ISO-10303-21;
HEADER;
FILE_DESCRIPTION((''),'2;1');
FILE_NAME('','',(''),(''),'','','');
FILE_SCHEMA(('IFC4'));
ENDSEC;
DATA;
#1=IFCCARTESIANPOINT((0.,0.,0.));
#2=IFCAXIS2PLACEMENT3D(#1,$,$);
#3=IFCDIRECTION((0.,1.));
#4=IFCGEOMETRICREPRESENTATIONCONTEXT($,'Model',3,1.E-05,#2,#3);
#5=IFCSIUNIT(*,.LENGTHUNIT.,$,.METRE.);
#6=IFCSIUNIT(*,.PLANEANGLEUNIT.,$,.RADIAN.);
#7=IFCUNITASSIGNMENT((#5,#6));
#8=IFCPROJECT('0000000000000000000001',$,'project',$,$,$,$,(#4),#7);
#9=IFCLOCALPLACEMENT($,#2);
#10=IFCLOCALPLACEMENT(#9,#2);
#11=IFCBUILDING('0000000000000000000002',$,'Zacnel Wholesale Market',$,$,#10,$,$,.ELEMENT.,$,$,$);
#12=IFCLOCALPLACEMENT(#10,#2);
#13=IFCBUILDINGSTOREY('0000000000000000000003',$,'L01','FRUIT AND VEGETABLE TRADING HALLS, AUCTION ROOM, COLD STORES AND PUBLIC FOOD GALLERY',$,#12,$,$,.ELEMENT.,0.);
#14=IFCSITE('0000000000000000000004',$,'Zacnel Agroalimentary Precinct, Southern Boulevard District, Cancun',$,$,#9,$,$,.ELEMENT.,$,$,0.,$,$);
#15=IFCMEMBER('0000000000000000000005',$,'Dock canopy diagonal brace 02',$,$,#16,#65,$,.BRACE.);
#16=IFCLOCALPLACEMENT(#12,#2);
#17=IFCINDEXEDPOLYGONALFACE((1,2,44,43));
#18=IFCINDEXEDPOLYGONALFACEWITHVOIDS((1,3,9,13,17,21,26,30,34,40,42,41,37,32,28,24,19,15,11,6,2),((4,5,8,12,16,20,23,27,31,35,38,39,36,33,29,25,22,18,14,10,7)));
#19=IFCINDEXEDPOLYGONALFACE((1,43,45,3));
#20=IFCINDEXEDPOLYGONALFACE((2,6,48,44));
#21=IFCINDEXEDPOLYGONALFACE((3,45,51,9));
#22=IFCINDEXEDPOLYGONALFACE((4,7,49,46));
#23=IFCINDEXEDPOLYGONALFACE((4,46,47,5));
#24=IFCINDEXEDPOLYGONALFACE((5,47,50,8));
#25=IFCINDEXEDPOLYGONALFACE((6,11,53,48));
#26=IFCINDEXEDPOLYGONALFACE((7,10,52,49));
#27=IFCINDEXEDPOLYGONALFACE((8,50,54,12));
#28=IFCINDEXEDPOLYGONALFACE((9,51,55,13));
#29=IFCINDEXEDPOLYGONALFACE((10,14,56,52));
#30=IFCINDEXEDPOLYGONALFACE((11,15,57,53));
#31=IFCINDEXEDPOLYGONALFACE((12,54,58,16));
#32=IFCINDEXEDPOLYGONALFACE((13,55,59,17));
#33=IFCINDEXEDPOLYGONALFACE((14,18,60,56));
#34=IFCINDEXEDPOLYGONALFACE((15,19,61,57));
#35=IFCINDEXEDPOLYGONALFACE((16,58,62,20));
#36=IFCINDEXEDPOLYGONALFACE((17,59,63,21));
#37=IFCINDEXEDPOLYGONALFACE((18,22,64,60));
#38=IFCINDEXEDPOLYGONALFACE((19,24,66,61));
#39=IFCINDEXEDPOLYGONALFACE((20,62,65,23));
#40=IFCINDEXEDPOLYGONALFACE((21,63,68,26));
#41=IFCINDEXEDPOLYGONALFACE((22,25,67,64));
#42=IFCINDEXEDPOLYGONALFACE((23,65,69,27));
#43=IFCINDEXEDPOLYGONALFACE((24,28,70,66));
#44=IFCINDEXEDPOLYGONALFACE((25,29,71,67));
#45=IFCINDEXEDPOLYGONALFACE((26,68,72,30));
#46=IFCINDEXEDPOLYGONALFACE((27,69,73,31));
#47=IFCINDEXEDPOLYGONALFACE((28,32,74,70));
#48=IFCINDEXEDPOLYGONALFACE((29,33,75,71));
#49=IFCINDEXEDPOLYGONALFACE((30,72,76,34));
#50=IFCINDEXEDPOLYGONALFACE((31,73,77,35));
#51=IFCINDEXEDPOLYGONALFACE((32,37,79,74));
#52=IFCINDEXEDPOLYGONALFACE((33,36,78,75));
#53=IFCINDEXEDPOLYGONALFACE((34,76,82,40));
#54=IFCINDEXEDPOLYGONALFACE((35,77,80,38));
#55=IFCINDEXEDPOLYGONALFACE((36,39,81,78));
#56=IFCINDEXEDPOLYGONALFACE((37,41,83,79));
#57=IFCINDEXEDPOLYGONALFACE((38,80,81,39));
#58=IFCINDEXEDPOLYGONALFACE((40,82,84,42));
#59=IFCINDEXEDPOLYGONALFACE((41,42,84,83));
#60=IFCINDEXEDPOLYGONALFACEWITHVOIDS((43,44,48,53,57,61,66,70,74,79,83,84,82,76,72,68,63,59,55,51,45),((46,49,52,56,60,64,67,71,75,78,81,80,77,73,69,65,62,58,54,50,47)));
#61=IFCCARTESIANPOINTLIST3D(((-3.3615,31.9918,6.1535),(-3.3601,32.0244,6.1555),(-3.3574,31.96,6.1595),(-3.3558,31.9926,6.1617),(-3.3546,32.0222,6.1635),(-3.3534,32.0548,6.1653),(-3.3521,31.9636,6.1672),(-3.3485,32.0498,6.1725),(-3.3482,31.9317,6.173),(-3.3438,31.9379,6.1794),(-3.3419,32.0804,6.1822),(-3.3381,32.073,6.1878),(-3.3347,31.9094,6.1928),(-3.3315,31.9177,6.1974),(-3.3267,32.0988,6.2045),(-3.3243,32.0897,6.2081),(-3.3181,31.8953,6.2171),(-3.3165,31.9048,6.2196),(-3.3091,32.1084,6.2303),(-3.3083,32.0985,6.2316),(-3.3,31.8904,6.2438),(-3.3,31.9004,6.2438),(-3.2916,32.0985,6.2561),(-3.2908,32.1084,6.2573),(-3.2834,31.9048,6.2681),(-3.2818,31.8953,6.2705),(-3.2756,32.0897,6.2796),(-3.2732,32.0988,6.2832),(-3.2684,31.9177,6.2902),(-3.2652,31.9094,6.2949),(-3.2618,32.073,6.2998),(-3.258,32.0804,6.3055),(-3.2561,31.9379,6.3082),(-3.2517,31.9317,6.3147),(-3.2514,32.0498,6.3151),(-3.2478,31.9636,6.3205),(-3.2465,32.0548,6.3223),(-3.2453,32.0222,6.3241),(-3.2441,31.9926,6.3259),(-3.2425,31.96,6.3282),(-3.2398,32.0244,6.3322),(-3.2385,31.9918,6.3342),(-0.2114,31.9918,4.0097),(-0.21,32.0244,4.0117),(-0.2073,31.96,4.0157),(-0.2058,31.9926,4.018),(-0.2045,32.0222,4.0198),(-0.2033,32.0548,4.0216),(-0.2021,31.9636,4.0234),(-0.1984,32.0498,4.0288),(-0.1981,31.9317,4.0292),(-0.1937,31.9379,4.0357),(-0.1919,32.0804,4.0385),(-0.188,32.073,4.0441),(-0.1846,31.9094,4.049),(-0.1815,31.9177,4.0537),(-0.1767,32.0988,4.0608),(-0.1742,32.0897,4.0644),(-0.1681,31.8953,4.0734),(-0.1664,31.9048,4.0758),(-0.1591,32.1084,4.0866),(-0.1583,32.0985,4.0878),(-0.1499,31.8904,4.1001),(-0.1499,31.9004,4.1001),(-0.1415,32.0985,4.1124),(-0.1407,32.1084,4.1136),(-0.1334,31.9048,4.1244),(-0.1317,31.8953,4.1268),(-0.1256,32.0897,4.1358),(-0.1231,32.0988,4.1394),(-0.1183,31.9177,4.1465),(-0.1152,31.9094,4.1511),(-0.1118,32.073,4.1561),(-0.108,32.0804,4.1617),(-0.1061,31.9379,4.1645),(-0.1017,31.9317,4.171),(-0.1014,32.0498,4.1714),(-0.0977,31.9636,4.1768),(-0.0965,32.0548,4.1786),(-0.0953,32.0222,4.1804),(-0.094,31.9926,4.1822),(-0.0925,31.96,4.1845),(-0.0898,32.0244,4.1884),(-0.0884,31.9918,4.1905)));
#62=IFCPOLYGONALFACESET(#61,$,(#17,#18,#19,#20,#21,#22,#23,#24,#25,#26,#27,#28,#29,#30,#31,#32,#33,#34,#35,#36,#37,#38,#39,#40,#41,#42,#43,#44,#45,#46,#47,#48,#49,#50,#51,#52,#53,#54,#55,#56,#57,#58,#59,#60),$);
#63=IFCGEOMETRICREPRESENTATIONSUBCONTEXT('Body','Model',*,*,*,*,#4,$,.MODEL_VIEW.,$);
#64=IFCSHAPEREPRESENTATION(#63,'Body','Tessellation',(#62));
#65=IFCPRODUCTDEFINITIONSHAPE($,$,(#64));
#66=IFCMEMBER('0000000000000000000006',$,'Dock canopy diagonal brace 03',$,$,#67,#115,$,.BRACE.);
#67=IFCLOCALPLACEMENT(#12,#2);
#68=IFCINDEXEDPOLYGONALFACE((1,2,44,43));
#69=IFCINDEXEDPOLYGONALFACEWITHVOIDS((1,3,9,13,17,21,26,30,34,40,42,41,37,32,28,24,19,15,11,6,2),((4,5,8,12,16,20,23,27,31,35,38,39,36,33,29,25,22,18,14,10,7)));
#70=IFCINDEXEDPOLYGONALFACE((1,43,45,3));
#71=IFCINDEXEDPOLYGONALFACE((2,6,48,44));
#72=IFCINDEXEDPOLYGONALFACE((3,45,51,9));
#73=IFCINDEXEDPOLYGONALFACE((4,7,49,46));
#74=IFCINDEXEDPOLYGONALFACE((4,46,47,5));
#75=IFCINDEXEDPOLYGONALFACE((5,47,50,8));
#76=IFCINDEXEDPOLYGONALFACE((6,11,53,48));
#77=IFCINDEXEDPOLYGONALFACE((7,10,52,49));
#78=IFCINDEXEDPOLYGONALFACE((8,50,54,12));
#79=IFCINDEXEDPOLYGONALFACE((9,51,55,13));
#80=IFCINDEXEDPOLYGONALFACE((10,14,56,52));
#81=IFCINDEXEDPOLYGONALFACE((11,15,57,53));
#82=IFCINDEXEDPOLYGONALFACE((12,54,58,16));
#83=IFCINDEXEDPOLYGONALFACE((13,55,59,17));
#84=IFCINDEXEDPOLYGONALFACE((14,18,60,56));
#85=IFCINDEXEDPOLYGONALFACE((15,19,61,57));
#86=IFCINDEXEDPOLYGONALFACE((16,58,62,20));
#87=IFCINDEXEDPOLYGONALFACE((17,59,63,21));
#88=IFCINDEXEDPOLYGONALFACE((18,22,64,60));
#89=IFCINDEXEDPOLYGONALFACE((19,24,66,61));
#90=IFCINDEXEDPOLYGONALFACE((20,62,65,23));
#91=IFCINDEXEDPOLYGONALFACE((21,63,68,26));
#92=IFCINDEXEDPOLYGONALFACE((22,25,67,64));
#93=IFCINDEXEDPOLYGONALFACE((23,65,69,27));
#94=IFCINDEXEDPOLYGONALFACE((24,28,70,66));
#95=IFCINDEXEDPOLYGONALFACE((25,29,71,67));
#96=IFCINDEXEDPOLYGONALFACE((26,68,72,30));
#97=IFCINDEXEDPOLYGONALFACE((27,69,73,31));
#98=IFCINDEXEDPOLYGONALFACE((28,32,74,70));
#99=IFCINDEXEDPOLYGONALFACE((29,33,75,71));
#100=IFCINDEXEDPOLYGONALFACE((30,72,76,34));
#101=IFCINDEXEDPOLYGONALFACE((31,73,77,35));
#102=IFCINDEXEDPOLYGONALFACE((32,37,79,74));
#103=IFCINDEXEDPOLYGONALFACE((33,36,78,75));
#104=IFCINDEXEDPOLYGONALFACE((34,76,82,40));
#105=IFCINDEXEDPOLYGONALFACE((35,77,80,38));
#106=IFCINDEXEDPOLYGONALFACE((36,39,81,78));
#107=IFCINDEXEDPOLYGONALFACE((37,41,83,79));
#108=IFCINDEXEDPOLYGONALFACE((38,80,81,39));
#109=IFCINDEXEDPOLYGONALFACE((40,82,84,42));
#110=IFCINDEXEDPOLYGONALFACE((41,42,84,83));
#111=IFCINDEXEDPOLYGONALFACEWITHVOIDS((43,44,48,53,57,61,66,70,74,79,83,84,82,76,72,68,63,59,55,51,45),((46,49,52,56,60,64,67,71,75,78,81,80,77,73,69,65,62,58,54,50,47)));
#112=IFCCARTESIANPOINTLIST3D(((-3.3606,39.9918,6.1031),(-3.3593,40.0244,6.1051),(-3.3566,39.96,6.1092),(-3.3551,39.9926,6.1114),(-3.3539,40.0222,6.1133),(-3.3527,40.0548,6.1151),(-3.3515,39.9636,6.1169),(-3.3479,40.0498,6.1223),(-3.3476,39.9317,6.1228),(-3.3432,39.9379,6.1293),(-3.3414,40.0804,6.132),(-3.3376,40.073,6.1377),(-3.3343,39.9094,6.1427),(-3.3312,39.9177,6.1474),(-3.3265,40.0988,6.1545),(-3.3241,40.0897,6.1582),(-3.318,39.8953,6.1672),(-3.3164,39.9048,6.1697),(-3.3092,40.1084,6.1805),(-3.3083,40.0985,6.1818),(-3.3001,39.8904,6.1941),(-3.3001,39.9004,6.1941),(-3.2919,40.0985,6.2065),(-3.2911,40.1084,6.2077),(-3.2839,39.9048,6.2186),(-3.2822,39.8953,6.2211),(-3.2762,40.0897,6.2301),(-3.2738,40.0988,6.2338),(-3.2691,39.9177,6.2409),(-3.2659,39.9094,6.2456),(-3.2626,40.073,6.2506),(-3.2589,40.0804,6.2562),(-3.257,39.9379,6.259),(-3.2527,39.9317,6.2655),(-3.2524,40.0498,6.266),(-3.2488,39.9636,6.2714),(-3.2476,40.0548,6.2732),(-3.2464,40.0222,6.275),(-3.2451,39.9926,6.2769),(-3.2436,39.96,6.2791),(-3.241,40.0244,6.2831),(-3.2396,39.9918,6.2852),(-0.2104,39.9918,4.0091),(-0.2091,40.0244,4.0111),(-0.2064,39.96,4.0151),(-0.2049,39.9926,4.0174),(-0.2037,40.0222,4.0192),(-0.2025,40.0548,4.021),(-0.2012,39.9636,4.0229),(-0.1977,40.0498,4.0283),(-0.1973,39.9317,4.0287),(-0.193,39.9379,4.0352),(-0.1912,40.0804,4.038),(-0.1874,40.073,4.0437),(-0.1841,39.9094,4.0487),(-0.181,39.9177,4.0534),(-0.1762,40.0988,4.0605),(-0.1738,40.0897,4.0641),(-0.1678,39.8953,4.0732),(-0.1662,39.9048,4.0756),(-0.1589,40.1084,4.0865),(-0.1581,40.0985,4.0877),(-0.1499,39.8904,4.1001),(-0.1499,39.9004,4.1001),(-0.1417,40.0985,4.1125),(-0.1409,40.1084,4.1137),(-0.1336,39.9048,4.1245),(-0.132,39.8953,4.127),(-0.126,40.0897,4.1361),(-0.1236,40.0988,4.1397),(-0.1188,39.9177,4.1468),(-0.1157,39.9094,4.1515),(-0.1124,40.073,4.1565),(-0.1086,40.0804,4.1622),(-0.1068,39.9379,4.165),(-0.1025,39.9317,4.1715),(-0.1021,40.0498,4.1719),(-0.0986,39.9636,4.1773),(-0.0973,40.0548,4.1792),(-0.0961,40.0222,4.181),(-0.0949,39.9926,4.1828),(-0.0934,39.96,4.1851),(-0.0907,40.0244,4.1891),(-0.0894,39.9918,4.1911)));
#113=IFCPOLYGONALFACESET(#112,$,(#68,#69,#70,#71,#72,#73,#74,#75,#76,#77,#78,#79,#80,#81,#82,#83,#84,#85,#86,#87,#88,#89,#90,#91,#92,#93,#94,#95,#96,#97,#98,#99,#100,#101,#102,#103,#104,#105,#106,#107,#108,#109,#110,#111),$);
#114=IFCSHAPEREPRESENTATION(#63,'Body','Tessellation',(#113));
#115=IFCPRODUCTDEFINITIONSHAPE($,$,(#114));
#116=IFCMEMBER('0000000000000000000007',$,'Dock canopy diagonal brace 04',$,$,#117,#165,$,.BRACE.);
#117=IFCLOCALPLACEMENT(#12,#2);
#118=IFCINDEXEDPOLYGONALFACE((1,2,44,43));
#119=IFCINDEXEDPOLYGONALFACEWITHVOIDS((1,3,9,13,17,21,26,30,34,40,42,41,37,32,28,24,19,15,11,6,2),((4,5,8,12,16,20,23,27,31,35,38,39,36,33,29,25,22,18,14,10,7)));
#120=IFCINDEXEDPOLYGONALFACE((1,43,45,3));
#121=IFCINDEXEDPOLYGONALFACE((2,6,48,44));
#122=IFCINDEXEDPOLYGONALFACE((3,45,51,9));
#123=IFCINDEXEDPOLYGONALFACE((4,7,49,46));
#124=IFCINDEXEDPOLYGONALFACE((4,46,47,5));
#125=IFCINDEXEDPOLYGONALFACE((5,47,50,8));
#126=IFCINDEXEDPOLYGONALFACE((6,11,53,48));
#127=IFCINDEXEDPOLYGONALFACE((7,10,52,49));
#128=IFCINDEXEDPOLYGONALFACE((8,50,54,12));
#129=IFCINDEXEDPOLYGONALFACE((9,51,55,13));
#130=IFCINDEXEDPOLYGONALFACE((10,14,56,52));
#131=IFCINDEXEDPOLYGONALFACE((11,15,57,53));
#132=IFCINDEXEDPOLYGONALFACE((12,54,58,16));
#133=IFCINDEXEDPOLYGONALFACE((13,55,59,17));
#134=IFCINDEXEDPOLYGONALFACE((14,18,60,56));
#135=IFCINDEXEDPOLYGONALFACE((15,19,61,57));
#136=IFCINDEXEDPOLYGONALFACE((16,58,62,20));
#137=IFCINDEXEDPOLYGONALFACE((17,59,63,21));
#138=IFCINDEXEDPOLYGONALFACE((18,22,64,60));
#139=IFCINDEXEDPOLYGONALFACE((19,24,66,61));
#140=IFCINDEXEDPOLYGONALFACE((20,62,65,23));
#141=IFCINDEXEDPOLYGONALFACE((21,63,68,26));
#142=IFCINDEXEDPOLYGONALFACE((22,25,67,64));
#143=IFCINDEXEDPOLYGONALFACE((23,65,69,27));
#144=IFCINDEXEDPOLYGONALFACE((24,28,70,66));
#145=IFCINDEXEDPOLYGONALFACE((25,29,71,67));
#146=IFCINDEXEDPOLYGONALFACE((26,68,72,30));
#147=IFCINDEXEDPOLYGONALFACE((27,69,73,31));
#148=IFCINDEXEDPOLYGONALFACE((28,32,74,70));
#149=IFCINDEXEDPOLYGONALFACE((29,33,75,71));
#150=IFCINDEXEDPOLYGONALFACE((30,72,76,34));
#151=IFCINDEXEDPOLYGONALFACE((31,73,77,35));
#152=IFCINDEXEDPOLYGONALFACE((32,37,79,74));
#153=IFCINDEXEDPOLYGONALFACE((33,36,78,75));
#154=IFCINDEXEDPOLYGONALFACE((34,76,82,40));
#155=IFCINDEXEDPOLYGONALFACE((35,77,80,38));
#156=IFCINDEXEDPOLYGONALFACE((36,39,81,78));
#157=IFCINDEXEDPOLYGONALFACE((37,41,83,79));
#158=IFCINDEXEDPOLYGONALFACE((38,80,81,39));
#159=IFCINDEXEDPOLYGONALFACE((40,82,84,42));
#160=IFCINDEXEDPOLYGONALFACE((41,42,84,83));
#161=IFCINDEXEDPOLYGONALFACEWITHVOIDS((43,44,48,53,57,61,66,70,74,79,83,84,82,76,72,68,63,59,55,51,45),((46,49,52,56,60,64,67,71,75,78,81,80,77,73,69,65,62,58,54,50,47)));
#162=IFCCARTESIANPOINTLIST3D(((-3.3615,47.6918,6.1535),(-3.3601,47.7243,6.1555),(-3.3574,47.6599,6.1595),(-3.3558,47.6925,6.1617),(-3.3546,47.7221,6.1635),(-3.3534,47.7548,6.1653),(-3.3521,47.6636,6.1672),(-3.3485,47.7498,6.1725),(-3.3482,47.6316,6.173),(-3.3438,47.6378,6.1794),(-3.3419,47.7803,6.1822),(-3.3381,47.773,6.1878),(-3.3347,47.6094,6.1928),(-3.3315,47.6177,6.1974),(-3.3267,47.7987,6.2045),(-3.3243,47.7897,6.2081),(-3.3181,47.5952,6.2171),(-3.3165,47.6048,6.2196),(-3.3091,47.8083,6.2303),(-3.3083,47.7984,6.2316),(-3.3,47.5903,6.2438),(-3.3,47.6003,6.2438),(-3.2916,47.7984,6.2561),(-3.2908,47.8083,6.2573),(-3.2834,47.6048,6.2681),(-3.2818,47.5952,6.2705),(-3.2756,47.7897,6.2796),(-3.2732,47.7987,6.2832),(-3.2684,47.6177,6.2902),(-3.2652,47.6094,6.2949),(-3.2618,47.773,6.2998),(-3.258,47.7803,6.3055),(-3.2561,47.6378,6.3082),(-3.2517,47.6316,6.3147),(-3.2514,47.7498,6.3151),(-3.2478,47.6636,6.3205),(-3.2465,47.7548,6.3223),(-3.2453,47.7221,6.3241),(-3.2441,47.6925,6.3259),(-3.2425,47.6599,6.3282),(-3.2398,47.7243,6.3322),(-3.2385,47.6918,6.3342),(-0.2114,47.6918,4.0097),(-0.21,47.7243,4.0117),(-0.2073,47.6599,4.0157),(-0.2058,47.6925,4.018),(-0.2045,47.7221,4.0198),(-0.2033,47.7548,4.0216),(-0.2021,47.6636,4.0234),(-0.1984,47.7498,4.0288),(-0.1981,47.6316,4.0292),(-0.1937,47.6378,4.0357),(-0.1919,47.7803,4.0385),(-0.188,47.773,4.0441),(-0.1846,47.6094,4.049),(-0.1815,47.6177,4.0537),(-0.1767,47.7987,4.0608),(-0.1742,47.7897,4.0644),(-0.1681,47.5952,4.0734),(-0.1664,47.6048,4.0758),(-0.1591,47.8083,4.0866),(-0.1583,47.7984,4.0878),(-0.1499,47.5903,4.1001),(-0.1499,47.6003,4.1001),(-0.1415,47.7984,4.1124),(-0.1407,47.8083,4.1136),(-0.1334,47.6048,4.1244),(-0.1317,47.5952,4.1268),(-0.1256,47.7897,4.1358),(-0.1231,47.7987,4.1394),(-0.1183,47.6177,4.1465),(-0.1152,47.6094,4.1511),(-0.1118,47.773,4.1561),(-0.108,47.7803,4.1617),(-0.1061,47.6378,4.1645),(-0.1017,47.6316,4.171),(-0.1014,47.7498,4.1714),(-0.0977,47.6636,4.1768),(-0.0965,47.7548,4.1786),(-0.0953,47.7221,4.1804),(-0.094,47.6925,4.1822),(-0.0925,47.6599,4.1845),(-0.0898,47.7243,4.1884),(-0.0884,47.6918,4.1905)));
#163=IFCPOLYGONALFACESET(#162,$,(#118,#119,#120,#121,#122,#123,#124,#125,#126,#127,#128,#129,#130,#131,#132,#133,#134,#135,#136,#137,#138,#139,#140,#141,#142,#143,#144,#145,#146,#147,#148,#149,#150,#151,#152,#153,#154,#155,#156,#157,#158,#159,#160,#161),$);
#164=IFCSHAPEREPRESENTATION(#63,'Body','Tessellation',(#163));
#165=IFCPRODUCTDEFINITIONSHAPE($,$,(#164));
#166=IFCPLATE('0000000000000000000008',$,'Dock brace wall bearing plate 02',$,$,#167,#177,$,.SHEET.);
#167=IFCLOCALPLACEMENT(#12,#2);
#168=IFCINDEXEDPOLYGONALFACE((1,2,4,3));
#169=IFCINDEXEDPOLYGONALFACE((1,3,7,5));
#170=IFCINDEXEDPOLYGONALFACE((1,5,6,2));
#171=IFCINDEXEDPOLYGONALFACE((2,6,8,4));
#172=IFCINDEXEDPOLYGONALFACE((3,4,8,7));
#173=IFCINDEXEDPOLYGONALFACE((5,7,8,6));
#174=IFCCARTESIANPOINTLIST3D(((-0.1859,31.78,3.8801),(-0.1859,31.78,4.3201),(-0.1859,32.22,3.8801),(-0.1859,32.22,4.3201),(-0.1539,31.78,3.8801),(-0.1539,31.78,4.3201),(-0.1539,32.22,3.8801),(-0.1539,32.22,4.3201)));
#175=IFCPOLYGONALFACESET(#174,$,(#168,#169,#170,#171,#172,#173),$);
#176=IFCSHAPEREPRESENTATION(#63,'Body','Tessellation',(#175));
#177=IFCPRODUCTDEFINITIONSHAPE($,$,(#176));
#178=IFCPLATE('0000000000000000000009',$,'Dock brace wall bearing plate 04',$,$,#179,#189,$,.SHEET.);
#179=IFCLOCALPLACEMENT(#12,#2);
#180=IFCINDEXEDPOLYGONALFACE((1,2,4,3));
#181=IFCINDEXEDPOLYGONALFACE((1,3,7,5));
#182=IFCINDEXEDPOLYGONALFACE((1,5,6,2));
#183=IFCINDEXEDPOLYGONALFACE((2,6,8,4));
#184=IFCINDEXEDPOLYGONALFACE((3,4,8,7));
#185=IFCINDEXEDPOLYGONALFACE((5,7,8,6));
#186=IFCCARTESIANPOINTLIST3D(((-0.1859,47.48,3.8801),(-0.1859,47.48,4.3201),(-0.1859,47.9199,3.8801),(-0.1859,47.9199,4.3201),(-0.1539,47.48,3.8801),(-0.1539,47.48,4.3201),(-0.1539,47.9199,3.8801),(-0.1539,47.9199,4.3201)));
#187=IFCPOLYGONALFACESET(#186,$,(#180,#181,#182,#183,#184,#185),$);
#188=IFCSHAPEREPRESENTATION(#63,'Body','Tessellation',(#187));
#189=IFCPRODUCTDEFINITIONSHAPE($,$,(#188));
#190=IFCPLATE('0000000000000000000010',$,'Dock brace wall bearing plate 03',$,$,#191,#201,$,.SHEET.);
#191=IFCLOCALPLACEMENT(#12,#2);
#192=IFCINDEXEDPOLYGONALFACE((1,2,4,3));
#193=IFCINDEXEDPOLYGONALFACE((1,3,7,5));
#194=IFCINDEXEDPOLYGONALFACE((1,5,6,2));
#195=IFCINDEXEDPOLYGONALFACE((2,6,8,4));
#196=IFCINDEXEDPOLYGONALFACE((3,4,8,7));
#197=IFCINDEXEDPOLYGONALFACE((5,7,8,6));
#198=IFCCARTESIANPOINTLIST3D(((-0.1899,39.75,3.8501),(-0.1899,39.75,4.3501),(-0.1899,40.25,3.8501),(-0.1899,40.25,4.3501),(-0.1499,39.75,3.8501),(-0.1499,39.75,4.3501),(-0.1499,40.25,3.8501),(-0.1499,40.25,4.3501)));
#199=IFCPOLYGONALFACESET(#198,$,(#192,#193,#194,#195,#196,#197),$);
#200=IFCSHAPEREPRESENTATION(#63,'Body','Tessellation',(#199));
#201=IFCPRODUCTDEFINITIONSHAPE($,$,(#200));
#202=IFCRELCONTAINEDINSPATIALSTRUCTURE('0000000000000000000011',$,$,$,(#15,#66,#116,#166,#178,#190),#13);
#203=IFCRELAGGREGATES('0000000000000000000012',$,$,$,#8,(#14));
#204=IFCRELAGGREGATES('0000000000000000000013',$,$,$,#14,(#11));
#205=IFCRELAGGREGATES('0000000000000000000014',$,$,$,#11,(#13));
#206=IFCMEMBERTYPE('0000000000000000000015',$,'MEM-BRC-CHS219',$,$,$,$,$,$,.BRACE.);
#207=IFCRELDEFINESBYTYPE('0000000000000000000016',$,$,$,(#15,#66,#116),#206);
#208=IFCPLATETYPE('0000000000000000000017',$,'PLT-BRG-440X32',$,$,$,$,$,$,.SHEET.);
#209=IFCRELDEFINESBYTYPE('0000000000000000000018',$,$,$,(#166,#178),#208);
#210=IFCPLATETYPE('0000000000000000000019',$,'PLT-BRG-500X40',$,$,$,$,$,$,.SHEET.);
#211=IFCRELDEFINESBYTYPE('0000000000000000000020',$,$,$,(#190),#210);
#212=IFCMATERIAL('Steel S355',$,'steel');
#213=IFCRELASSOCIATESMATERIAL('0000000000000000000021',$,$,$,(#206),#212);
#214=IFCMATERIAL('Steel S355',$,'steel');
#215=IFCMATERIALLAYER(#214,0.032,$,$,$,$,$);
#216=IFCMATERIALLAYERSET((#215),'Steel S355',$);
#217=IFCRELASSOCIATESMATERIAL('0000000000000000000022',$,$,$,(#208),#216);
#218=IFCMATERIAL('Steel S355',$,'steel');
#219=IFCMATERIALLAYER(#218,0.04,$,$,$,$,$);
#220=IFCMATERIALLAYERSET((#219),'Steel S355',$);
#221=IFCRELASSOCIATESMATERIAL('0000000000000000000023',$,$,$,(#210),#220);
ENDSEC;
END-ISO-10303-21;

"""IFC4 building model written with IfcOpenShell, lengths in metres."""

from ifc_helpers import new_model, si_unit, direction, frame, origin, origin_2d, place, context, subcontext, project, spatial, rectangle, hollow_circle, extrude, material, layer, layer_set, material_profile, profile_set, type_object, element, save


model = new_model("IFC4")

# Units and contexts
model_context = context("Model", 3, precision=1e-05, world=origin(), true_north=direction((0.0, 1.0)))
body_context = subcontext(model_context, "Body", "Model", "MODEL_VIEW")
ifc_project = project(units=[si_unit("LENGTHUNIT", "METRE"), si_unit("PLANEANGLEUNIT", "RADIAN")], contexts=[model_context])

# Site, building, storey
site_placement = place(None, origin())
site = spatial("IfcSite", under=ifc_project, at=site_placement, Name="Zacnel Agroalimentary Precinct, Southern Boulevard District, Cancun", CompositionType="ELEMENT", RefElevation=0.0)
building_placement = place(site_placement, origin())
building = spatial("IfcBuilding", under=site, at=building_placement, Name="Zacnel Wholesale Market", CompositionType="ELEMENT")
storey_placement = place(building_placement, origin())
storey = spatial("IfcBuildingStorey", under=building, at=storey_placement, Name="L01", Description="FRUIT AND VEGETABLE TRADING HALLS, AUCTION ROOM, COLD STORES AND PUBLIC FOOD GALLERY", CompositionType="ELEMENT", Elevation=0.0)

# Members
ifc_material_1 = material(Name="Steel S355", Category="steel")
ifc_material_profile_1 = material_profile(ifc_material_1, hollow_circle(Radius=0.1096, WallThickness=0.01, at=origin_2d()), Name="CHS 219.1x10")
ifc_profile_set_1 = profile_set([ifc_material_profile_1], Name="Steel S355")
member_type = type_object("IfcMemberType", Name="MEM-BRC-CHS219", PredefinedType="BRACE", material=ifc_profile_set_1)
member_1_placement = place(storey_placement, frame((-0.1499, 32.0, 4.1001), z_axis=(-0.826719, 0.0, 0.562615), x_axis=(0.0, -1.0, 0.0)))
element("IfcMember", 1, at=member_1_placement, inside=storey, type_object=member_type, Name="Dock canopy diagonal brace 02", PredefinedType="BRACE", context=body_context, shape_type="SweptSolid", body=[
    extrude(hollow_circle(Radius=0.1096, WallThickness=0.01, at=origin_2d()), origin(), (0.0, 0.0, 1.0), 3.8103),
])
member_2_placement = place(storey_placement, frame((-0.1499, 40.0, 4.1001), z_axis=(-0.832794, 0.0, 0.553583), x_axis=(0.0, -1.0, 0.0)))
element("IfcMember", 2, at=member_2_placement, inside=storey, type_object=member_type, Name="Dock canopy diagonal brace 03", PredefinedType="BRACE", context=body_context, shape_type="SweptSolid", body=[
    extrude(hollow_circle(Radius=0.1096, WallThickness=0.01, at=origin_2d()), origin(), (0.0, 0.0, 1.0), 3.7827),
])
member_3_placement = place(storey_placement, frame((-0.1499, 47.7, 4.1001), z_axis=(-0.826719, 0.0, 0.562615), x_axis=(0.0, -1.0, 0.0)))
element("IfcMember", 3, at=member_3_placement, inside=storey, type_object=member_type, Name="Dock canopy diagonal brace 04", PredefinedType="BRACE", context=body_context, shape_type="SweptSolid", body=[
    extrude(hollow_circle(Radius=0.1096, WallThickness=0.01, at=origin_2d()), origin(), (0.0, 0.0, 1.0), 3.8103),
])

# Plates
ifc_material_2 = material(Name="Steel S355", Category="steel")
ifc_layer_1 = layer(ifc_material_2, 0.032)
ifc_layer_set_1 = layer_set([ifc_layer_1], Name="Steel S355")
plate_type_1 = type_object("IfcPlateType", Name="PLT-BRG-440X32", PredefinedType="SHEET", material=ifc_layer_set_1)
for number, where, z_axis, x_axis, name in (
    (4, (-0.1699, 32.0, 3.8801), (0.0, 0.0, 1.0), (1.0, 0.0, 0.0), "Dock brace wall bearing plate 02"),
    (5, (-0.1699, 47.7, 3.8801), (0.0, 0.0, 1.0), (1.0, 0.0, 0.0), "Dock brace wall bearing plate 04"),
):
    element("IfcPlate", number, at=place(storey_placement, frame(where, z_axis=z_axis, x_axis=x_axis)), inside=storey, type_object=plate_type_1, Name=name, PredefinedType="SHEET", context=body_context, shape_type="SweptSolid", body=[
        extrude(rectangle(XDim=0.032, YDim=0.4399, at=origin_2d()), origin(), (0.0, 0.0, 1.0), 0.4399),
    ])
ifc_material_3 = material(Name="Steel S355", Category="steel")
ifc_layer_2 = layer(ifc_material_3, 0.04)
ifc_layer_set_2 = layer_set([ifc_layer_2], Name="Steel S355")
plate_type_2 = type_object("IfcPlateType", Name="PLT-BRG-500X40", PredefinedType="SHEET", material=ifc_layer_set_2)
plate_placement = place(storey_placement, frame((-0.1699, 40.0, 3.8501), z_axis=(0.0, 0.0, 1.0), x_axis=(1.0, 0.0, 0.0)))
element("IfcPlate", 6, at=plate_placement, inside=storey, type_object=plate_type_2, Name="Dock brace wall bearing plate 03", PredefinedType="SHEET", context=body_context, shape_type="SweptSolid", body=[
    extrude(rectangle(XDim=0.04, YDim=0.5, at=origin_2d()), origin(), (0.0, 0.0, 1.0), 0.5),
])

save(model, "model.ifc")
